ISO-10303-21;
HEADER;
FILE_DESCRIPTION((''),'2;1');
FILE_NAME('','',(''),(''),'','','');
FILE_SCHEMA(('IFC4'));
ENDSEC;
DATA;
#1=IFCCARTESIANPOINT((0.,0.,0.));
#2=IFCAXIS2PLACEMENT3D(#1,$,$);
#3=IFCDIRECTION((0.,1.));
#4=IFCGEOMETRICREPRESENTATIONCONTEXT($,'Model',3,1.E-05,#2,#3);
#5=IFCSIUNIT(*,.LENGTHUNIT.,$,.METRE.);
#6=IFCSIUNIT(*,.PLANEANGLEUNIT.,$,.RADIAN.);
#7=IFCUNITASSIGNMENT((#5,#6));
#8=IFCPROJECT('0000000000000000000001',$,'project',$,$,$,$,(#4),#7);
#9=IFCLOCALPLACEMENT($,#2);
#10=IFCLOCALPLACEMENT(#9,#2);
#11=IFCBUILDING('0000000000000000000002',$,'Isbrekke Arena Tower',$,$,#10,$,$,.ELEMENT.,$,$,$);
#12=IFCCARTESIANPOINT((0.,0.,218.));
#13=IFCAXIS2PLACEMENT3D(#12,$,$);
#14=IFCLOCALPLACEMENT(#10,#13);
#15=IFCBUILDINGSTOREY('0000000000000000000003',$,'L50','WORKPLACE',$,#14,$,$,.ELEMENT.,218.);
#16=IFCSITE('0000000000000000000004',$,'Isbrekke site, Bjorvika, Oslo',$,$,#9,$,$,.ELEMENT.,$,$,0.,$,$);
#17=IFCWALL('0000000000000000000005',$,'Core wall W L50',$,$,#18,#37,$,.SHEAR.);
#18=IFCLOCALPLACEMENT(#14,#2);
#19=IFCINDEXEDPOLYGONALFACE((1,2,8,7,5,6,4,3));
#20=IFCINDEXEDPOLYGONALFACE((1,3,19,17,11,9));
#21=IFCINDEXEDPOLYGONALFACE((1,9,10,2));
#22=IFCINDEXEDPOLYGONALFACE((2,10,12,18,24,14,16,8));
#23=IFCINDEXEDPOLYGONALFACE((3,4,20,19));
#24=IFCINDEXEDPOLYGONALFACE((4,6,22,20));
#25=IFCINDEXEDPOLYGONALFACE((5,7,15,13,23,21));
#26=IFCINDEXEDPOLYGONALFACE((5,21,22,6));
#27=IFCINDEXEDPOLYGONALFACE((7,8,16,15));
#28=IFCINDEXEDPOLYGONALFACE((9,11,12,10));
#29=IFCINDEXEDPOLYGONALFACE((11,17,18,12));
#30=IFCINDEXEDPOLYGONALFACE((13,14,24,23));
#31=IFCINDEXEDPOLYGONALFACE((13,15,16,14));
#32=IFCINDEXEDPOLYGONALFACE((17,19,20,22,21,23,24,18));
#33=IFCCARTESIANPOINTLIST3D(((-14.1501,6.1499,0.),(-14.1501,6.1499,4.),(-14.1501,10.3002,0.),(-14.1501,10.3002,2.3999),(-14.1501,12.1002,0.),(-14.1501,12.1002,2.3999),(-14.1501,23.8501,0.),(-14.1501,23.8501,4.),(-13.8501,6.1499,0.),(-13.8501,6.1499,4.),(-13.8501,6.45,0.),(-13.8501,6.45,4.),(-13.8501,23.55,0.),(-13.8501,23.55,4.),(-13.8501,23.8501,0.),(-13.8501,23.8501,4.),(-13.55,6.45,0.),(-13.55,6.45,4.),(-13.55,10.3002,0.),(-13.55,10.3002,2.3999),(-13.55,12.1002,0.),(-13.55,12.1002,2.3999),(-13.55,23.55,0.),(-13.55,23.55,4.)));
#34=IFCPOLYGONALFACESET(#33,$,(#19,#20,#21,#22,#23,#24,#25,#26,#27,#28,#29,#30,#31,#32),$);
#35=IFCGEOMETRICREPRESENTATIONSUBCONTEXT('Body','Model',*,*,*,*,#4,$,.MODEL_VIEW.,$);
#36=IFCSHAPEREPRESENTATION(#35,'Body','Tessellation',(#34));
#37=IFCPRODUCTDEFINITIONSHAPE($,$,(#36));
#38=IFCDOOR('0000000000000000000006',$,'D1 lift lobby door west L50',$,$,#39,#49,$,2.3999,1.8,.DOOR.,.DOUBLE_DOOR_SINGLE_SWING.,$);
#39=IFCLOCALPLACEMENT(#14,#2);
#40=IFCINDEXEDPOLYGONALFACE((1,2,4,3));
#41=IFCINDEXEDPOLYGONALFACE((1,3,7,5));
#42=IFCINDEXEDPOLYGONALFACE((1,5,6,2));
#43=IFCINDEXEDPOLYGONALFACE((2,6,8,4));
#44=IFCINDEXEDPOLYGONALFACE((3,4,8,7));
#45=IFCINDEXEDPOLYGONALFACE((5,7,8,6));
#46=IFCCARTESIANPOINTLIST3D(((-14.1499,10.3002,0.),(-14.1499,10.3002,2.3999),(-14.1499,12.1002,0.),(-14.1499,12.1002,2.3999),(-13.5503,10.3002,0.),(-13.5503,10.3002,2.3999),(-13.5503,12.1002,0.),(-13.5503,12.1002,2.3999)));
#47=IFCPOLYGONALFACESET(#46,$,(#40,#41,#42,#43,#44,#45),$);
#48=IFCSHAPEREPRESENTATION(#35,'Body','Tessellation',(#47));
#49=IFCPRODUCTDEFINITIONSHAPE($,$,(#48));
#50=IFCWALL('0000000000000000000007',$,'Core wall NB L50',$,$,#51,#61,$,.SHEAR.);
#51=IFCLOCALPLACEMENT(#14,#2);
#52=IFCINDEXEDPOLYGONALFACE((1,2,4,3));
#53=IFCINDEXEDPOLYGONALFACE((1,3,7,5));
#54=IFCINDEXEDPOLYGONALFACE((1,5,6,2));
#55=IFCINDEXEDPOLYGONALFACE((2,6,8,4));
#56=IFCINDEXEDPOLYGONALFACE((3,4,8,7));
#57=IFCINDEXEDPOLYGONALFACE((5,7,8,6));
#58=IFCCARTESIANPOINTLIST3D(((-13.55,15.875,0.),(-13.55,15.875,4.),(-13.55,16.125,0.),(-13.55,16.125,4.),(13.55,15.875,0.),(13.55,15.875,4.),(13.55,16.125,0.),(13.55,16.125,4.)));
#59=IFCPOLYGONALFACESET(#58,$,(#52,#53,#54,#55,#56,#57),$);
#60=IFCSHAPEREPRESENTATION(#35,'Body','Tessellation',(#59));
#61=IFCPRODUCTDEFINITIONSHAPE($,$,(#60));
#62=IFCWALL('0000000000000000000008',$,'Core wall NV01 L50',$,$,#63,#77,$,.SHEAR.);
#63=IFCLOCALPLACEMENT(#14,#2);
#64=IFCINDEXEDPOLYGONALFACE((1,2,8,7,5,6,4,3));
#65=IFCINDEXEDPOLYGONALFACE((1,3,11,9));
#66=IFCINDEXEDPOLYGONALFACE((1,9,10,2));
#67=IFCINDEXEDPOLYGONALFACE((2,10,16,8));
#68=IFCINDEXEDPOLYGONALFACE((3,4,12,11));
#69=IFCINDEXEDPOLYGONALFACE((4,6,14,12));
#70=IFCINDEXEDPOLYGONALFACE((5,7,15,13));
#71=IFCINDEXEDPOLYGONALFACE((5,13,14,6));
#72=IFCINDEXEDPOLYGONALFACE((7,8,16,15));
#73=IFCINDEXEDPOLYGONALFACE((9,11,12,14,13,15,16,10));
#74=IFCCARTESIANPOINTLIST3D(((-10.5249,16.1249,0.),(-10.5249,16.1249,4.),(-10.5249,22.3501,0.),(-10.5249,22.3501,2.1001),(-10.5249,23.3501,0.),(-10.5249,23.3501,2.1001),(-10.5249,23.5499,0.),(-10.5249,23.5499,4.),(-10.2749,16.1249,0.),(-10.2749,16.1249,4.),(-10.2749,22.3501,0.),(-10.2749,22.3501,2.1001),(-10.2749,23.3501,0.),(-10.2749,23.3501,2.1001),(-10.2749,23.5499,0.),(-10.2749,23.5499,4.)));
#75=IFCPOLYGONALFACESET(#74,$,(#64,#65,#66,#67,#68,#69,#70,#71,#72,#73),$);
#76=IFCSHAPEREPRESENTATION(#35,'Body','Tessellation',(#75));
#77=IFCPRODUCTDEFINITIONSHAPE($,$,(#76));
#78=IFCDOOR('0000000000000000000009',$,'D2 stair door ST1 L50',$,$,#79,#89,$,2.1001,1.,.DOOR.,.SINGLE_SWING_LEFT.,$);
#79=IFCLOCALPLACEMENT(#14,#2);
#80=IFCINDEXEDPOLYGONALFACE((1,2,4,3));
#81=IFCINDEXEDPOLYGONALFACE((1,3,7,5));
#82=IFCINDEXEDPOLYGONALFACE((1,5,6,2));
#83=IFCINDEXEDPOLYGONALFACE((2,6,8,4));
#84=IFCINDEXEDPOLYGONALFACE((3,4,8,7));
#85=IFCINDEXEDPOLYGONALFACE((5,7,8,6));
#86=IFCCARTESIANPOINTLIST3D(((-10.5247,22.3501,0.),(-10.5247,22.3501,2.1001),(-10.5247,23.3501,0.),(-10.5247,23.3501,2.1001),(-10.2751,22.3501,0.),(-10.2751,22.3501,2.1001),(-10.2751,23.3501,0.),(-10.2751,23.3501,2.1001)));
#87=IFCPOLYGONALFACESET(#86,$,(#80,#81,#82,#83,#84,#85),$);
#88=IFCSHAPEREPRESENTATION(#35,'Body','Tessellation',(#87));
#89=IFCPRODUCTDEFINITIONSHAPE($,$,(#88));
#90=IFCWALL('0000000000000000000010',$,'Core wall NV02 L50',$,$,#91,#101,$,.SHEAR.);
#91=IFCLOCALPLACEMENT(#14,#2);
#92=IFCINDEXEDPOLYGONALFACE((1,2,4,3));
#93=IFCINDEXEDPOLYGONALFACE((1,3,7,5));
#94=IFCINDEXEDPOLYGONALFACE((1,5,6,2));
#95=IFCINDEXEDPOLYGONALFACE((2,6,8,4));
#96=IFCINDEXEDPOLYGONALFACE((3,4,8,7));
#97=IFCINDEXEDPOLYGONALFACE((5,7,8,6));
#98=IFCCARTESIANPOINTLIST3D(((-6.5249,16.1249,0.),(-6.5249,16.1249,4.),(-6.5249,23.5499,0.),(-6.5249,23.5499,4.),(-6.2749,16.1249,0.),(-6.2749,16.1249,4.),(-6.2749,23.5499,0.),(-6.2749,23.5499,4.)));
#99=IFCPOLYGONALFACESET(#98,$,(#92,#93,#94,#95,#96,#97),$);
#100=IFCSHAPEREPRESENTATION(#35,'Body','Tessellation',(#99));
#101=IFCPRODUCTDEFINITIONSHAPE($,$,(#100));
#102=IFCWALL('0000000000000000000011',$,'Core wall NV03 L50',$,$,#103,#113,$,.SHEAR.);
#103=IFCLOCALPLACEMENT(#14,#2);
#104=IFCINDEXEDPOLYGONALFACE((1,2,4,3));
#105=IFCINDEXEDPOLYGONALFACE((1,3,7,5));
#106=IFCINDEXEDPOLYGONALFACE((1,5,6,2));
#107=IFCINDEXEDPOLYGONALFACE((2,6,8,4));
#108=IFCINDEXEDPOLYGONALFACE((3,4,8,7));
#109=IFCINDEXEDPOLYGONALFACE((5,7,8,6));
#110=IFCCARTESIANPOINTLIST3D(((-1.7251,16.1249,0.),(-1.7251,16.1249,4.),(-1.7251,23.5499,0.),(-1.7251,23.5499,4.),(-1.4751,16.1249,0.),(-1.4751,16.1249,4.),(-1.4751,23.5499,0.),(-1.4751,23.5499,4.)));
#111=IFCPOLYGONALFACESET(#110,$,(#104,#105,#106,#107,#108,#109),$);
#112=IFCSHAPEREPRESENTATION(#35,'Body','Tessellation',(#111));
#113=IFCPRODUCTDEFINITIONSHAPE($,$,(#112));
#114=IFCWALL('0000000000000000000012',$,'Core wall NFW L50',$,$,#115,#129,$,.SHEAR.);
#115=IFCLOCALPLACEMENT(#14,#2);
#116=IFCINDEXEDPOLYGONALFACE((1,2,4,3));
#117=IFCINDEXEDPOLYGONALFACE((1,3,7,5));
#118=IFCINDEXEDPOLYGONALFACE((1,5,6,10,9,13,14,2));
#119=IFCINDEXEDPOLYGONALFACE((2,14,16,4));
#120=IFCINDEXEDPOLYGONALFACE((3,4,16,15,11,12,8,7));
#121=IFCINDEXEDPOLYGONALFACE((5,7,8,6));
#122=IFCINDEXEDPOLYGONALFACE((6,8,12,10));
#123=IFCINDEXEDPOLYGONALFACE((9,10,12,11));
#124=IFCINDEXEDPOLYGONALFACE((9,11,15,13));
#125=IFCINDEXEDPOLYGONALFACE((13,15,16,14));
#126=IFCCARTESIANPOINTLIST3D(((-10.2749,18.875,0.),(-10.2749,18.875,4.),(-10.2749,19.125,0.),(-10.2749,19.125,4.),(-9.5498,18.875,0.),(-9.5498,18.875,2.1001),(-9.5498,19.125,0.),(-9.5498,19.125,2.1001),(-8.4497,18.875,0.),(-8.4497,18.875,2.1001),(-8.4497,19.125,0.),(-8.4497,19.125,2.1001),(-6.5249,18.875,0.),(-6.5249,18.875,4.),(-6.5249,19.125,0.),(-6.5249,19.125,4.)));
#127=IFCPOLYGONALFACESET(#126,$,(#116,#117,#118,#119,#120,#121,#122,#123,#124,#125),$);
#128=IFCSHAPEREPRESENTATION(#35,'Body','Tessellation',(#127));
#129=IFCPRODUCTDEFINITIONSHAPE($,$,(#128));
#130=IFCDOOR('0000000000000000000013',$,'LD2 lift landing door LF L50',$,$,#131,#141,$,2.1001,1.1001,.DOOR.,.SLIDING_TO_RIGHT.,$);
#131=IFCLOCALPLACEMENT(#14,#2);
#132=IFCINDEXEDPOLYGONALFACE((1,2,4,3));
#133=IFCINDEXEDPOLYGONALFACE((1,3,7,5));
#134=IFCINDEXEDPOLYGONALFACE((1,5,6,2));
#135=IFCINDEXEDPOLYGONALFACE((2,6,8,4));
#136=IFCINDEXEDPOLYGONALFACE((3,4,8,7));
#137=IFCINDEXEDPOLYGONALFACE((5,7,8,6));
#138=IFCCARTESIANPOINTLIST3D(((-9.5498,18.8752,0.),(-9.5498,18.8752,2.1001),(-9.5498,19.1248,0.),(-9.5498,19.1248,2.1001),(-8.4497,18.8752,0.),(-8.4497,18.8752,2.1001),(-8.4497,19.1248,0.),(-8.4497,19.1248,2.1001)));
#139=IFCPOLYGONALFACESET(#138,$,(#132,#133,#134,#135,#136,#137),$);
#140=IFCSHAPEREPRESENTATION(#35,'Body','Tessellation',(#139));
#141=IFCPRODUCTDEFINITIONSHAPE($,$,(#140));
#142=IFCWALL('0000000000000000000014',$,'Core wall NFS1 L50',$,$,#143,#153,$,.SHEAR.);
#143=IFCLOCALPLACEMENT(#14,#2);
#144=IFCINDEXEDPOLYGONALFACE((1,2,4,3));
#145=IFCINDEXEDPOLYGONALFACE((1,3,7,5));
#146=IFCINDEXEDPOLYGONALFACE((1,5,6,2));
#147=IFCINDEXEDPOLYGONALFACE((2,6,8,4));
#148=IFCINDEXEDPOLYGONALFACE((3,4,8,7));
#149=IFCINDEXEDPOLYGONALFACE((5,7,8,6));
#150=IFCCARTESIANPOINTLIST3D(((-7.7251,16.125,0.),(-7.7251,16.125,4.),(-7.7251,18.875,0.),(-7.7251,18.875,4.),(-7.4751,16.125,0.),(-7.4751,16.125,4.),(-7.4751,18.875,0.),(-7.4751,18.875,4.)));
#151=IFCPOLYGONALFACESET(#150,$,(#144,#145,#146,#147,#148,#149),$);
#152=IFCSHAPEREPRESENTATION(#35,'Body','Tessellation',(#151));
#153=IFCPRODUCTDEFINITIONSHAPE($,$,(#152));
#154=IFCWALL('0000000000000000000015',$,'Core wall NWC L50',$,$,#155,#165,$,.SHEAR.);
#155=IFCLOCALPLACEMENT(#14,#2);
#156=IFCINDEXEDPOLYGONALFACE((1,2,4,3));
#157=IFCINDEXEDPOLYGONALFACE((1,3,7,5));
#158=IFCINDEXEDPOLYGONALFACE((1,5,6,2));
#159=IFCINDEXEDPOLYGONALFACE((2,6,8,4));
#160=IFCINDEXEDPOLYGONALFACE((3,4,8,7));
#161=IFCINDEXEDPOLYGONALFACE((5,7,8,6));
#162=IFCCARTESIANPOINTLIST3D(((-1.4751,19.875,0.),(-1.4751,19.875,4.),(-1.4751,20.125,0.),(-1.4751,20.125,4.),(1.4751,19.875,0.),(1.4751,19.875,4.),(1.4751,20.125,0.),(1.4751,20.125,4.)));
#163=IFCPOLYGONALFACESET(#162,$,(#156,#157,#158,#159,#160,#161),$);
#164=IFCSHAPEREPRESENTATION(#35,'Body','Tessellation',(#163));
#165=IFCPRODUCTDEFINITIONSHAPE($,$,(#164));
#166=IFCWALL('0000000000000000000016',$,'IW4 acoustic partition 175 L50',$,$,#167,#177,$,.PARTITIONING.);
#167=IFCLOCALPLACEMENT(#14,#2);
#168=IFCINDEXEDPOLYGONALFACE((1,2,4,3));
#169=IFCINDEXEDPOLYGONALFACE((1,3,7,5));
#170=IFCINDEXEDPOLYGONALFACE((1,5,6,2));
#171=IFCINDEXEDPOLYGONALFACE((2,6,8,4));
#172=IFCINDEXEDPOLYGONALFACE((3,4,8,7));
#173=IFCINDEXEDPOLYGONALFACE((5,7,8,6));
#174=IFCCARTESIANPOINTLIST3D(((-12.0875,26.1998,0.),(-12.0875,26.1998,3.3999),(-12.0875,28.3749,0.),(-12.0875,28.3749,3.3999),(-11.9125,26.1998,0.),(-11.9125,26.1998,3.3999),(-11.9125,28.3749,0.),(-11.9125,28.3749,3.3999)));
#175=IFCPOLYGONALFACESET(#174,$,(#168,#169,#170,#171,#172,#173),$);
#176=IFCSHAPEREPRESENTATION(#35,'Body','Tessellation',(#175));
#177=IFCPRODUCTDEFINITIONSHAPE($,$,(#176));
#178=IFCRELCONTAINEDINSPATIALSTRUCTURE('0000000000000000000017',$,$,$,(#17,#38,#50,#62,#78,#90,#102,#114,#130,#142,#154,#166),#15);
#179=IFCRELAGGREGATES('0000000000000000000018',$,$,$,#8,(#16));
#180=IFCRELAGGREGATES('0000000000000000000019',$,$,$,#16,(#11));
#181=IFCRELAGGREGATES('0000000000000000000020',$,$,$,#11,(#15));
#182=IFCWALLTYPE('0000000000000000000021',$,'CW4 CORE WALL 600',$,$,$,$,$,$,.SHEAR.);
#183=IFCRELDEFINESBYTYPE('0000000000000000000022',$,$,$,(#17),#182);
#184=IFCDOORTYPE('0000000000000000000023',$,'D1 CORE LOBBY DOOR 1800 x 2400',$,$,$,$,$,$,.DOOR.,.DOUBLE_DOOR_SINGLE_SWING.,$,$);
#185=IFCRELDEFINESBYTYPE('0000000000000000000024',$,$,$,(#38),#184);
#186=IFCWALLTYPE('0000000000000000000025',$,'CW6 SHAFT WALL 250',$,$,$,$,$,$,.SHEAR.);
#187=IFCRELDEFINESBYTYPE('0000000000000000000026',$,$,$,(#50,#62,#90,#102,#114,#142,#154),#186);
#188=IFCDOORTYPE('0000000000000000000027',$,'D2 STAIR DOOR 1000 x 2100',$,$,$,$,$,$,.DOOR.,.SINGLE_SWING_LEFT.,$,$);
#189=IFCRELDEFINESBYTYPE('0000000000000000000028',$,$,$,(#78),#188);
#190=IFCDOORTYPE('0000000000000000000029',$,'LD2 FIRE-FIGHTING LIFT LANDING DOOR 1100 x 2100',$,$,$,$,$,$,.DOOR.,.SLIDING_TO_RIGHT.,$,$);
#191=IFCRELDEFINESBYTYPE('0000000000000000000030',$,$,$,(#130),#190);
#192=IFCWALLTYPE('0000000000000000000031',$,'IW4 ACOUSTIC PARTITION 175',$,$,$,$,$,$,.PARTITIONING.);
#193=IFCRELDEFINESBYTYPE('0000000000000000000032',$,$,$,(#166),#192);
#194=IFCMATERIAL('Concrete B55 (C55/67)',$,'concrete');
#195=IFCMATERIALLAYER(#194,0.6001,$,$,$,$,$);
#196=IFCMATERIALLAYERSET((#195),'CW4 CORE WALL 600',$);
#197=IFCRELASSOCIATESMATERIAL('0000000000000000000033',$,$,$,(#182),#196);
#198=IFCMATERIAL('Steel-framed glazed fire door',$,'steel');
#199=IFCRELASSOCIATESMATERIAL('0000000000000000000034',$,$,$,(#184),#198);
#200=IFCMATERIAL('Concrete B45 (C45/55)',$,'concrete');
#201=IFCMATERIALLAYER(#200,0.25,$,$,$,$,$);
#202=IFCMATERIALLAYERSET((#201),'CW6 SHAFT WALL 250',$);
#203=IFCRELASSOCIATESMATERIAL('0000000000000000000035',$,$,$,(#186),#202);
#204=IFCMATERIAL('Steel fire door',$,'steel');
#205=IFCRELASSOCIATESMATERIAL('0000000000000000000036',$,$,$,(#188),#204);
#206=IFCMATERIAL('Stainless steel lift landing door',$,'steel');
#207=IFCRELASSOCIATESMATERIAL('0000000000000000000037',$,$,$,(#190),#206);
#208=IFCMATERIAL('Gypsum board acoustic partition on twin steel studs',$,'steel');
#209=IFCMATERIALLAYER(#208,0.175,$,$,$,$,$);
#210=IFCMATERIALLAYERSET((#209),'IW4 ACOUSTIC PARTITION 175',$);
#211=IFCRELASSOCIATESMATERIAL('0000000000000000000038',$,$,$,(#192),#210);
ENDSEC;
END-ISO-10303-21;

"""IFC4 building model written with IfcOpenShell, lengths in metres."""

from ifc_helpers import new_model, si_unit, direction, frame, frame_2d, origin, place, context, subcontext, project, spatial, polyline, rectangle, outline, extrude, material, layer, layer_set, type_object, element, fill, save


model = new_model("IFC4")

# Units and contexts
model_context = context("Model", 3, precision=1e-05, world=origin(), true_north=direction((0.0, 1.0)))
body_context = subcontext(model_context, "Body", "Model", "MODEL_VIEW")
ifc_project = project(units=[si_unit("LENGTHUNIT", "METRE"), si_unit("PLANEANGLEUNIT", "RADIAN")], contexts=[model_context])

# Site, building, storey
site_placement = place(None, origin())
site = spatial("IfcSite", under=ifc_project, at=site_placement, Name="Isbrekke site, Bjorvika, Oslo", CompositionType="ELEMENT", RefElevation=0.0)
building_placement = place(site_placement, origin())
building = spatial("IfcBuilding", under=site, at=building_placement, Name="Isbrekke Arena Tower", CompositionType="ELEMENT")
storey_placement = place(building_placement, frame((0.0, 0.0, 218.0)))
storey = spatial("IfcBuildingStorey", under=building, at=storey_placement, Name="L50", Description="WORKPLACE", CompositionType="ELEMENT", Elevation=218.0)

# Wall, opening, door
ifc_material_1 = material(Name="Concrete B55 (C55/67)", Category="concrete")
ifc_layer_1 = layer(ifc_material_1, 0.6001)
ifc_layer_set_1 = layer_set([ifc_layer_1], Name="CW4 CORE WALL 600")
wall_type_1 = type_object("IfcWallType", Name="CW4 CORE WALL 600", PredefinedType="SHEAR", material=ifc_layer_set_1)
wall_1_placement = place(storey_placement, frame((-13.8501, 23.8501, 0.0), z_axis=(0.0, 0.0, 1.0), x_axis=(0.0, -1.0, 0.0)))
wall_1 = element("IfcWall", 1, at=wall_1_placement, inside=storey, type_object=wall_type_1, Name="Core wall W L50", PredefinedType="SHEAR", context=body_context, shape_type="SweptSolid", body=[
    extrude(outline(polyline([(0.0, -0.3), (17.7002, -0.3), (17.7002, 0.0), (17.4001, 0.0), (17.4001, 0.3), (0.3, 0.3), (0.3, 0.0), (0.0, 0.0), (0.0, -0.3)])), origin(), (0.0, 0.0, 1.0), 4.0),
])
opening_1_placement = place(wall_1_placement, frame((11.75, 0.0, 0.0)))
opening_1 = element("IfcOpeningElement", 2, at=opening_1_placement, cuts=wall_1, PredefinedType="OPENING", context=body_context, shape_type="SweptSolid", body=[
    extrude(rectangle(XDim=1.8, YDim=2.3999, at=frame_2d((0.8999, 1.2))), frame((0.0, 0.3149, 0.0), z_axis=(0.0, -1.0, 0.0), x_axis=(1.0, 0.0, 0.0)), (0.0, 0.0, 1.0), 0.6299),
])
ifc_material_2 = material(Name="Steel-framed glazed fire door", Category="steel")
door_type_1 = type_object("IfcDoorType", Name="D1 CORE LOBBY DOOR 1800 x 2400", OperationType="DOUBLE_DOOR_SINGLE_SWING", PredefinedType="DOOR", material=ifc_material_2)
door_1_placement = place(opening_1_placement, origin())
door_1 = element("IfcDoor", 3, at=door_1_placement, inside=storey, type_object=door_type_1, Name="D1 lift lobby door west L50", OperationType="DOUBLE_DOOR_SINGLE_SWING", OverallHeight=2.3999, OverallWidth=1.8, PredefinedType="DOOR", context=body_context, shape_type="SweptSolid", body=[
    extrude(rectangle(XDim=1.8, YDim=2.3999, at=frame_2d((0.8999, 1.2))), frame((0.0, 0.2998, 0.0), z_axis=(0.0, -1.0, 0.0), x_axis=(1.0, 0.0, 0.0)), (0.0, 0.0, 1.0), 0.5996),
])
fill(opening_1, door_1)

# Wall
ifc_material_3 = material(Name="Concrete B45 (C45/55)", Category="concrete")
ifc_layer_2 = layer(ifc_material_3, 0.25)
ifc_layer_set_2 = layer_set([ifc_layer_2], Name="CW6 SHAFT WALL 250")
wall_type_2 = type_object("IfcWallType", Name="CW6 SHAFT WALL 250", PredefinedType="SHEAR", material=ifc_layer_set_2)
wall_2_placement = place(storey_placement, frame((-13.55, 16.0, 0.0), z_axis=(0.0, 0.0, 1.0), x_axis=(1.0, 0.0, 0.0)))
element("IfcWall", 4, at=wall_2_placement, inside=storey, type_object=wall_type_2, Name="Core wall NB L50", PredefinedType="SHEAR", context=body_context, shape_type="SweptSolid", body=[
    extrude(rectangle(XDim=27.1001, YDim=0.25, at=frame_2d((13.55, 0.0))), origin(), (0.0, 0.0, 1.0), 4.0),
])

# Wall, opening, door
wall_3_placement = place(storey_placement, frame((-10.3999, 16.125, 0.0), z_axis=(0.0, 0.0, 1.0), x_axis=(0.0, 1.0, 0.0)))
wall_3 = element("IfcWall", 5, at=wall_3_placement, inside=storey, type_object=wall_type_2, Name="Core wall NV01 L50", PredefinedType="SHEAR", context=body_context, shape_type="SweptSolid", body=[
    extrude(rectangle(XDim=7.425, YDim=0.25, at=frame_2d((3.7124, 0.0))), origin(), (0.0, 0.0, 1.0), 4.0),
])
opening_2_placement = place(wall_3_placement, frame((6.2251, 0.0, 0.0)))
opening_2 = element("IfcOpeningElement", 6, at=opening_2_placement, cuts=wall_3, PredefinedType="OPENING", context=body_context, shape_type="SweptSolid", body=[
    extrude(rectangle(XDim=1.0, YDim=2.1001, at=frame_2d((0.5, 1.05))), frame((0.0, 0.1399, 0.0), z_axis=(0.0, -1.0, 0.0), x_axis=(1.0, 0.0, 0.0)), (0.0, 0.0, 1.0), 0.2798),
])
ifc_material_4 = material(Name="Steel fire door", Category="steel")
door_type_2 = type_object("IfcDoorType", Name="D2 STAIR DOOR 1000 x 2100", OperationType="SINGLE_SWING_LEFT", PredefinedType="DOOR", material=ifc_material_4)
door_2_placement = place(opening_2_placement, origin())
door_2 = element("IfcDoor", 7, at=door_2_placement, inside=storey, type_object=door_type_2, Name="D2 stair door ST1 L50", OperationType="SINGLE_SWING_LEFT", OverallHeight=2.1001, OverallWidth=1.0, PredefinedType="DOOR", context=body_context, shape_type="SweptSolid", body=[
    extrude(rectangle(XDim=1.0, YDim=2.1001, at=frame_2d((0.5, 1.05))), frame((0.0, 0.1248, 0.0), z_axis=(0.0, -1.0, 0.0), x_axis=(1.0, 0.0, 0.0)), (0.0, 0.0, 1.0), 0.2495),
])
fill(opening_2, door_2)

# Walls
for number, where, z_axis, x_axis, name in (
    (8, (-6.3999, 16.125, 0.0), (0.0, 0.0, 1.0), (0.0, 1.0, 0.0), "Core wall NV02 L50"),
    (9, (-1.6001, 16.125, 0.0), (0.0, 0.0, 1.0), (0.0, 1.0, 0.0), "Core wall NV03 L50"),
):
    element("IfcWall", number, at=place(storey_placement, frame(where, z_axis=z_axis, x_axis=x_axis)), inside=storey, type_object=wall_type_2, Name=name, PredefinedType="SHEAR", context=body_context, shape_type="SweptSolid", body=[
        extrude(rectangle(XDim=7.425, YDim=0.25, at=frame_2d((3.7124, 0.0))), origin(), (0.0, 0.0, 1.0), 4.0),
    ])

# Wall, opening, door
wall_4_placement = place(storey_placement, frame((-10.2749, 19.0, 0.0), z_axis=(0.0, 0.0, 1.0), x_axis=(1.0, 0.0, 0.0)))
wall_4 = element("IfcWall", 10, at=wall_4_placement, inside=storey, type_object=wall_type_2, Name="Core wall NFW L50", PredefinedType="SHEAR", context=body_context, shape_type="SweptSolid", body=[
    extrude(rectangle(XDim=3.75, YDim=0.25, at=frame_2d((1.875, 0.0))), origin(), (0.0, 0.0, 1.0), 4.0),
])
opening_3_placement = place(wall_4_placement, frame((0.7251, 0.0, 0.0)))
opening_3 = element("IfcOpeningElement", 11, at=opening_3_placement, cuts=wall_4, PredefinedType="OPENING", context=body_context, shape_type="SweptSolid", body=[
    extrude(rectangle(XDim=1.1001, YDim=2.1001, at=frame_2d((0.55, 1.05))), frame((0.0, 0.1399, 0.0), z_axis=(0.0, -1.0, 0.0), x_axis=(1.0, 0.0, 0.0)), (0.0, 0.0, 1.0), 0.2798),
])
ifc_material_5 = material(Name="Stainless steel lift landing door", Category="steel")
door_type_3 = type_object("IfcDoorType", Name="LD2 FIRE-FIGHTING LIFT LANDING DOOR 1100 x 2100", OperationType="SLIDING_TO_RIGHT", PredefinedType="DOOR", material=ifc_material_5)
door_3_placement = place(opening_3_placement, origin())
door_3 = element("IfcDoor", 12, at=door_3_placement, inside=storey, type_object=door_type_3, Name="LD2 lift landing door LF L50", OperationType="SLIDING_TO_RIGHT", OverallHeight=2.1001, OverallWidth=1.1001, PredefinedType="DOOR", context=body_context, shape_type="SweptSolid", body=[
    extrude(rectangle(XDim=1.1001, YDim=2.1001, at=frame_2d((0.55, 1.05))), frame((0.0, 0.1248, 0.0), z_axis=(0.0, -1.0, 0.0), x_axis=(1.0, 0.0, 0.0)), (0.0, 0.0, 1.0), 0.2495),
])
fill(opening_3, door_3)

# Walls
wall_5_placement = place(storey_placement, frame((-7.6001, 16.125, 0.0), z_axis=(0.0, 0.0, 1.0), x_axis=(0.0, 1.0, 0.0)))
element("IfcWall", 13, at=wall_5_placement, inside=storey, type_object=wall_type_2, Name="Core wall NFS1 L50", PredefinedType="SHEAR", context=body_context, shape_type="SweptSolid", body=[
    extrude(rectangle(XDim=2.75, YDim=0.25, at=frame_2d((1.375, 0.0))), origin(), (0.0, 0.0, 1.0), 4.0),
])
wall_6_placement = place(storey_placement, frame((-1.4751, 20.0, 0.0), z_axis=(0.0, 0.0, 1.0), x_axis=(1.0, 0.0, 0.0)))
element("IfcWall", 14, at=wall_6_placement, inside=storey, type_object=wall_type_2, Name="Core wall NWC L50", PredefinedType="SHEAR", context=body_context, shape_type="SweptSolid", body=[
    extrude(rectangle(XDim=2.9502, YDim=0.25, at=frame_2d((1.4751, 0.0))), origin(), (0.0, 0.0, 1.0), 4.0),
])

# Wall
ifc_material_6 = material(Name="Gypsum board acoustic partition on twin steel studs", Category="steel")
ifc_layer_3 = layer(ifc_material_6, 0.175)
ifc_layer_set_3 = layer_set([ifc_layer_3], Name="IW4 ACOUSTIC PARTITION 175")
wall_type_3 = type_object("IfcWallType", Name="IW4 ACOUSTIC PARTITION 175", PredefinedType="PARTITIONING", material=ifc_layer_set_3)
wall_7_placement = place(storey_placement, frame((-12.0, 26.2, 0.0), z_axis=(0.0, 0.0, 1.0), x_axis=(0.0, 1.0, 0.0)))
element("IfcWall", 15, at=wall_7_placement, inside=storey, type_object=wall_type_3, Name="IW4 acoustic partition 175 L50", PredefinedType="PARTITIONING", context=body_context, shape_type="SweptSolid", body=[
    extrude(rectangle(XDim=2.175, YDim=0.175, at=frame_2d((1.0874, 0.0))), origin(), (0.0, 0.0, 1.0), 3.3999),
])

save(model, "model.ifc")
